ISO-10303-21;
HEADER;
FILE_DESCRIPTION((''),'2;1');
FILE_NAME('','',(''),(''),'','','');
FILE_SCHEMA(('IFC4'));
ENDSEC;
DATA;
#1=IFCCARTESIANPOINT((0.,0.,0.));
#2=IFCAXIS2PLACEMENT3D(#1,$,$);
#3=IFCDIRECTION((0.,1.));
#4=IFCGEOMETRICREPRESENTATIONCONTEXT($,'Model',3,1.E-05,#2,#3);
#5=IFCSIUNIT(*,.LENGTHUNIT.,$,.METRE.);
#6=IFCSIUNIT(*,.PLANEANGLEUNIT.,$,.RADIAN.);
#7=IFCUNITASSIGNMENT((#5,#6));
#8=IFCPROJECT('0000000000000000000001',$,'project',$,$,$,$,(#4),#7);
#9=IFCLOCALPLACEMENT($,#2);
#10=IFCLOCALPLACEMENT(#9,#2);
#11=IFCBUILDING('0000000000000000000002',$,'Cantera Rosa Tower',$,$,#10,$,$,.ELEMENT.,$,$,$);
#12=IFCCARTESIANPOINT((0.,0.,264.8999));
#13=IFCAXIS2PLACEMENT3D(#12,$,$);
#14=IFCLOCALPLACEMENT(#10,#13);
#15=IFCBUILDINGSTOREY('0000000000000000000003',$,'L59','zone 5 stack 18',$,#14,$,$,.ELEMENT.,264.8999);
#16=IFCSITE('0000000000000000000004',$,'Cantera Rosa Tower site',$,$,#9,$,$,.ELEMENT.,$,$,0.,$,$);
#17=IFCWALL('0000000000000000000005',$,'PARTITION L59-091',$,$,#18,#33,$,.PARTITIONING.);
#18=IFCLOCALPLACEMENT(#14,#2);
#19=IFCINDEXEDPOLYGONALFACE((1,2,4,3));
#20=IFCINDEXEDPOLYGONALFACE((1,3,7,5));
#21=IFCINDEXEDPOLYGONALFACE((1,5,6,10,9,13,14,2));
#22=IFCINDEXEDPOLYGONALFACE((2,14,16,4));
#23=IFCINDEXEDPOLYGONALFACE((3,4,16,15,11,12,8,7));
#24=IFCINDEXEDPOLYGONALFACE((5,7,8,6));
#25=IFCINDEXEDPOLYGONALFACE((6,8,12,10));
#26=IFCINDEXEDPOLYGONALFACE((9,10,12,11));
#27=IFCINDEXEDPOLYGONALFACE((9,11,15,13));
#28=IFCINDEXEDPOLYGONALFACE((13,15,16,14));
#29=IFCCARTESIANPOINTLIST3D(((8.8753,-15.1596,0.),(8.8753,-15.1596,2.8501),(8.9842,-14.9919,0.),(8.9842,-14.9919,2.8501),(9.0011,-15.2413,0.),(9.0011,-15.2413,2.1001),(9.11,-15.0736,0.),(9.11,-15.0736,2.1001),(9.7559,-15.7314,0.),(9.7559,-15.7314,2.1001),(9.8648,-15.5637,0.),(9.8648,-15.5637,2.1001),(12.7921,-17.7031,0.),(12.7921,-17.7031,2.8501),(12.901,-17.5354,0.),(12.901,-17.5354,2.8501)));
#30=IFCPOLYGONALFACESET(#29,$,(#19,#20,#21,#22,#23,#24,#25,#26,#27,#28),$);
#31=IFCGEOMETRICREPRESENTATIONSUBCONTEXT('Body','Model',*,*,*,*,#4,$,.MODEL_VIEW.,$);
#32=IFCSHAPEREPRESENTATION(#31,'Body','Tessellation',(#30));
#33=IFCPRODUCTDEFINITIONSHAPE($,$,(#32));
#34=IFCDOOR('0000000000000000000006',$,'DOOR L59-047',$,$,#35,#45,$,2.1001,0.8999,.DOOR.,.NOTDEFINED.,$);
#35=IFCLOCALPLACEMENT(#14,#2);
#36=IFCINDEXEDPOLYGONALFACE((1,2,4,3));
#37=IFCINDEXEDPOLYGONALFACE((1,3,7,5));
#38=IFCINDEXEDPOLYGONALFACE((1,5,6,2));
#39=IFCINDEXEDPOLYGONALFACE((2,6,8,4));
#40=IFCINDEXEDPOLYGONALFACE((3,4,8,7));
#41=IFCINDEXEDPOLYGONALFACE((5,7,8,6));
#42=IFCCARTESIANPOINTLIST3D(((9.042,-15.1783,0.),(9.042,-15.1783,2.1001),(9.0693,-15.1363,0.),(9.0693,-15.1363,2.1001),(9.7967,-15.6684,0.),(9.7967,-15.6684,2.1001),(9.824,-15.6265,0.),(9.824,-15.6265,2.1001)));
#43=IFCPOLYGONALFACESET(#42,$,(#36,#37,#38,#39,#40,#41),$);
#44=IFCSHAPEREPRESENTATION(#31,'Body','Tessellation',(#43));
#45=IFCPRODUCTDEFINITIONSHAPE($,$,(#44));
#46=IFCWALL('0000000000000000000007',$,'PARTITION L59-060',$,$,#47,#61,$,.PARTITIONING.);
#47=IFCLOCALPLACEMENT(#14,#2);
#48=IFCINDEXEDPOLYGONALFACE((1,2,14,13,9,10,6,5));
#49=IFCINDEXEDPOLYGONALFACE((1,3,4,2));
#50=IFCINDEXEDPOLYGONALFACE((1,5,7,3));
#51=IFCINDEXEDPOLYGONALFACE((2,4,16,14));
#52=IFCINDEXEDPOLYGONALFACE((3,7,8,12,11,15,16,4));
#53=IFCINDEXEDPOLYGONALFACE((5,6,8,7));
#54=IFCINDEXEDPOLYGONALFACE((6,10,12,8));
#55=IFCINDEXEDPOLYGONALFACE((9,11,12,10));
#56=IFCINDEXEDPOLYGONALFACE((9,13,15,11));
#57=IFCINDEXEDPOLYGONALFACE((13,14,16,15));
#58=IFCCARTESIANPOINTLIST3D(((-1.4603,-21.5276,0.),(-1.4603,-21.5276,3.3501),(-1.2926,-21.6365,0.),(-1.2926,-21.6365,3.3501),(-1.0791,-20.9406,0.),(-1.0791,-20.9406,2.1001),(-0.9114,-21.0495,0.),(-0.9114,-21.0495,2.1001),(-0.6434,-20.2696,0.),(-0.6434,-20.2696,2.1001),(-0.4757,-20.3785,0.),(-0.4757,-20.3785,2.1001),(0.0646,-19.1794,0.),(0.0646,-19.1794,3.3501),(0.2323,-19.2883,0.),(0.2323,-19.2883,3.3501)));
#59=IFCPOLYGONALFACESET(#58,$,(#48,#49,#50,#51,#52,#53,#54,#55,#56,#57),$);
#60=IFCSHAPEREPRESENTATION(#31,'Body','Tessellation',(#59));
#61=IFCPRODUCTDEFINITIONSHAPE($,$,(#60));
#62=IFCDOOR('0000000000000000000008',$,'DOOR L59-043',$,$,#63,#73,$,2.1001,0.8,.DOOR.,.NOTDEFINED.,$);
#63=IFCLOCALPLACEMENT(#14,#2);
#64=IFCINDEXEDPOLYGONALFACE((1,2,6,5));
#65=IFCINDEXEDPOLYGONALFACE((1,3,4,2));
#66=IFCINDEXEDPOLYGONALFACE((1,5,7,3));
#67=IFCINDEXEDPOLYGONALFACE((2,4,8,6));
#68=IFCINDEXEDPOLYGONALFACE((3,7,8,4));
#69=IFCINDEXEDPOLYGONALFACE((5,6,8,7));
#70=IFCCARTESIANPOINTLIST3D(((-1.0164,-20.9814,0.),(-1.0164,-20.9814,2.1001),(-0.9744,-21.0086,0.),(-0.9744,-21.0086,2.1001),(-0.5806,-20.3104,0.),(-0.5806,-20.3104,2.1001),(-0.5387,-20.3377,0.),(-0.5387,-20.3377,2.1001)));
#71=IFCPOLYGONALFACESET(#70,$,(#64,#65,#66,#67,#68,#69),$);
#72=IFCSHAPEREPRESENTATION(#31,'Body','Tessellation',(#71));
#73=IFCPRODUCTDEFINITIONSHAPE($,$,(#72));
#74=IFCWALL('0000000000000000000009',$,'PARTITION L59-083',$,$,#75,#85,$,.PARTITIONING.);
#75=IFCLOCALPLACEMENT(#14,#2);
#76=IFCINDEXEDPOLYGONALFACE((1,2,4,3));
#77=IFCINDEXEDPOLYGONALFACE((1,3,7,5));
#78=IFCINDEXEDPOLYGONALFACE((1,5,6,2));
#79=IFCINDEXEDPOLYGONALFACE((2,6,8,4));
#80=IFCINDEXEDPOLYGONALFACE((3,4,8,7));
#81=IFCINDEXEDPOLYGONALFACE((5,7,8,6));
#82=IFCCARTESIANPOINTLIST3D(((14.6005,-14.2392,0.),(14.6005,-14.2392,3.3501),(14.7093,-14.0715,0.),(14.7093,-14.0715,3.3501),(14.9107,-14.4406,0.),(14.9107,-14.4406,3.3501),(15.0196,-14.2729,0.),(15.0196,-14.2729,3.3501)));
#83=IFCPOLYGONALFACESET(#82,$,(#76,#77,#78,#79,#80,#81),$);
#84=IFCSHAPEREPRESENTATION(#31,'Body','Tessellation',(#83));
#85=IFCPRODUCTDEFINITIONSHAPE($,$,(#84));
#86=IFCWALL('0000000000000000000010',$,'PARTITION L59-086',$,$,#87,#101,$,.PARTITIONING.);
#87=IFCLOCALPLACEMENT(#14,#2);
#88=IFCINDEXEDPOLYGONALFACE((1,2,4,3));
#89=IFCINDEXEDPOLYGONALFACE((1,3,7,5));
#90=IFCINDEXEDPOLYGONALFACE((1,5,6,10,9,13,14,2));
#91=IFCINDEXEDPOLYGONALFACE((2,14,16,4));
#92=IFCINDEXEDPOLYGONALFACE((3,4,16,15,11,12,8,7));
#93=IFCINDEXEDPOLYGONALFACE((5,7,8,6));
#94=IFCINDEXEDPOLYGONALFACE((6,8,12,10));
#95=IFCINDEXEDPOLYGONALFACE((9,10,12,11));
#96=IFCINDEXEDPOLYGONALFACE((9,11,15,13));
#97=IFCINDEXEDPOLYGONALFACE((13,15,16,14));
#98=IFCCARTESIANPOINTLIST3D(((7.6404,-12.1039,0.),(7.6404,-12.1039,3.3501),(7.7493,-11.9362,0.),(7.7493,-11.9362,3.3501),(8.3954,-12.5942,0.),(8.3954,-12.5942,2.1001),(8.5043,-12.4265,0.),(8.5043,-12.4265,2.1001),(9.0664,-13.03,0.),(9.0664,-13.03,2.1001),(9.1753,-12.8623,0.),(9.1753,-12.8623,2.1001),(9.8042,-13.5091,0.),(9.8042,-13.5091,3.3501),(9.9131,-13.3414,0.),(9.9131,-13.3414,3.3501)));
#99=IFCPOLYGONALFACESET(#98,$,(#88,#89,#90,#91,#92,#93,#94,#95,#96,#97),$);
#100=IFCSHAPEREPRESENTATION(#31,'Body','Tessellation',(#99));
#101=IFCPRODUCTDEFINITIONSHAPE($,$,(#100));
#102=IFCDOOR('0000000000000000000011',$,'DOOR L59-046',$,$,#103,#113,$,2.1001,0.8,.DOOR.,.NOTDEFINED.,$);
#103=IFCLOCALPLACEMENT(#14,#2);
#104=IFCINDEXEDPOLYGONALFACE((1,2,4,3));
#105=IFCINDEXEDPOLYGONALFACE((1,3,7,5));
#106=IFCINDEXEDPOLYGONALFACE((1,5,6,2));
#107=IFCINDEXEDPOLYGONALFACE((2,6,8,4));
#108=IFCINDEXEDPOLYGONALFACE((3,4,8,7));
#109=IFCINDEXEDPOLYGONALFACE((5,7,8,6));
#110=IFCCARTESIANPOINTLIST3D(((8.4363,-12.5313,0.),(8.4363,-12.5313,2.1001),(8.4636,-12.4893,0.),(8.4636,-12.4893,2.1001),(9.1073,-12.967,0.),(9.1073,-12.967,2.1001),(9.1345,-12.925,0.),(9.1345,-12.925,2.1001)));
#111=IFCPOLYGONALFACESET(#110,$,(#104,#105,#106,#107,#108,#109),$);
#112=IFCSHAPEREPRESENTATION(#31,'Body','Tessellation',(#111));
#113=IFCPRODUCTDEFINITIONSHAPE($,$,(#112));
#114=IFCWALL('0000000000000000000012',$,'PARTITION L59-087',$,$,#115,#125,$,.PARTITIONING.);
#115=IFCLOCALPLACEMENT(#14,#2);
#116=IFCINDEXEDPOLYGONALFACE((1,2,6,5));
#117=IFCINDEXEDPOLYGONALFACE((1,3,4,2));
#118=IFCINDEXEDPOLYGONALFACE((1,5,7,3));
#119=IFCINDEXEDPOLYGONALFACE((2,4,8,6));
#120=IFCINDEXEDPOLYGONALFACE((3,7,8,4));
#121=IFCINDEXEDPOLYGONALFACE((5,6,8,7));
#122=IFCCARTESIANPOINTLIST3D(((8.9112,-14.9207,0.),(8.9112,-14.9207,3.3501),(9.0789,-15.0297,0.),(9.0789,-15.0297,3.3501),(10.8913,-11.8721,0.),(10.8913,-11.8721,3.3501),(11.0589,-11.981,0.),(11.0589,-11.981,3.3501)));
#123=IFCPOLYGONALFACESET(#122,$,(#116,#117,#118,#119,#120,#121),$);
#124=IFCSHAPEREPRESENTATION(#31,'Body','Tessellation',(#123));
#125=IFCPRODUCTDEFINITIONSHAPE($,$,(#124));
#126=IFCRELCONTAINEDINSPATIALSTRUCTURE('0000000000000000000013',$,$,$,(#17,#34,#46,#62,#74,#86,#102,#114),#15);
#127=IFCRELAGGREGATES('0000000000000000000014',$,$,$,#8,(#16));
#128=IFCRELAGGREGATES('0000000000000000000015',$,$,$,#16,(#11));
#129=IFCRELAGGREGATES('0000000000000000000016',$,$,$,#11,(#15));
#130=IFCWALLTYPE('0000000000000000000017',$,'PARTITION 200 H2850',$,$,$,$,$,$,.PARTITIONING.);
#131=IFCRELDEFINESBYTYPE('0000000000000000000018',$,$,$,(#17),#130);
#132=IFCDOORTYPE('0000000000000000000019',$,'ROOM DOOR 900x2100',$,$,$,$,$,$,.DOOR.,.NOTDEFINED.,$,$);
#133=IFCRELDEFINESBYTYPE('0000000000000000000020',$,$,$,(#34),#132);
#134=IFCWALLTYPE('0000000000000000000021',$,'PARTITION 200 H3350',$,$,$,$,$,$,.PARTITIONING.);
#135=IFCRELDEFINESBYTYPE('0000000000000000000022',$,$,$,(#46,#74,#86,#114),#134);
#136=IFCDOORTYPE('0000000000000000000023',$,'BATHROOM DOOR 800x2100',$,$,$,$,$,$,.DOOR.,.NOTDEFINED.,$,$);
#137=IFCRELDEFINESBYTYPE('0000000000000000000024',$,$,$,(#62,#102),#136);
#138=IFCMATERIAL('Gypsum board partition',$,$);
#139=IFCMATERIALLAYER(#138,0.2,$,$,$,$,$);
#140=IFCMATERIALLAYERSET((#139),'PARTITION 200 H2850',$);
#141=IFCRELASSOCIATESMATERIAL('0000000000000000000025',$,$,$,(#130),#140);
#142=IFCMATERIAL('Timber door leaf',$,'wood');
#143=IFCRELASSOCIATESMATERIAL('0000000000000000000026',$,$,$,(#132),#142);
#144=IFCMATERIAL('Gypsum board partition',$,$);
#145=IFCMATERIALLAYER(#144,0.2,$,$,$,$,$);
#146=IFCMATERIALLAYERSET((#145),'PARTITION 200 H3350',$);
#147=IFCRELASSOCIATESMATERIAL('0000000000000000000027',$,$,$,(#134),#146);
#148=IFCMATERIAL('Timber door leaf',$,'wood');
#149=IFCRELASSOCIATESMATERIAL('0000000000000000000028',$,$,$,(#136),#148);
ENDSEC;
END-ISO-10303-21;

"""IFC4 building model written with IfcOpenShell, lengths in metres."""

from ifc_helpers import new_model, si_unit, direction, frame, frame_2d, origin, place, context, subcontext, project, spatial, rectangle, extrude, material, layer, layer_set, type_object, element, fill, save


model = new_model("IFC4")

# Units and contexts
model_context = context("Model", 3, precision=1e-05, world=origin(), true_north=direction((0.0, 1.0)))
body_context = subcontext(model_context, "Body", "Model", "MODEL_VIEW")
ifc_project = project(units=[si_unit("LENGTHUNIT", "METRE"), si_unit("PLANEANGLEUNIT", "RADIAN")], contexts=[model_context])

# Site, building, storey
site_placement = place(None, origin())
site = spatial("IfcSite", under=ifc_project, at=site_placement, Name="Cantera Rosa Tower site", CompositionType="ELEMENT", RefElevation=0.0)
building_placement = place(site_placement, origin())
building = spatial("IfcBuilding", under=site, at=building_placement, Name="Cantera Rosa Tower", CompositionType="ELEMENT")
storey_placement = place(building_placement, frame((0.0, 0.0, 264.8999)))
storey = spatial("IfcBuildingStorey", under=building, at=storey_placement, Name="L59", Description="zone 5 stack 18", CompositionType="ELEMENT", Elevation=264.8999)

# Walls, openings, doors
ifc_material_1 = material(Name="Gypsum board partition")
ifc_layer_1 = layer(ifc_material_1, 0.2)
ifc_layer_set_1 = layer_set([ifc_layer_1], Name="PARTITION 200 H2850")
wall_type_1 = type_object("IfcWallType", Name="PARTITION 200 H2850", PredefinedType="PARTITIONING", material=ifc_layer_set_1)
wall_1_placement = place(storey_placement, frame((12.8464, -17.6191, 0.0), z_axis=(0.0, 0.0, 1.0), x_axis=(-0.838681, 0.544623, 0.0)))
wall_1 = element("IfcWall", 1, at=wall_1_placement, inside=storey, type_object=wall_type_1, Name="PARTITION L59-091", PredefinedType="PARTITIONING", context=body_context, shape_type="SweptSolid", body=[
    extrude(rectangle(XDim=4.6702, YDim=0.2, at=frame_2d((2.335, 0.0))), origin(), (0.0, 0.0, 1.0), 2.8501),
])
opening_1_placement = place(wall_1_placement, frame((3.6201, 0.0, 0.0)))
opening_1 = element("IfcOpeningElement", 2, at=opening_1_placement, cuts=wall_1, PredefinedType="OPENING", context=body_context, shape_type="SweptSolid", body=[
    extrude(rectangle(XDim=0.8999, YDim=2.1001, at=frame_2d((0.45, 1.05))), frame((0.0, 0.1099, 0.0), z_axis=(0.0, -1.0, 0.0), x_axis=(1.0, 0.0, 0.0)), (0.0, 0.0, 1.0), 0.22),
])
ifc_material_2 = material(Name="Timber door leaf", Category="wood")
door_type_1 = type_object("IfcDoorType", Name="ROOM DOOR 900x2100", OperationType="NOTDEFINED", PredefinedType="DOOR", material=ifc_material_2)
door_1_placement = place(opening_1_placement, origin())
door_1 = element("IfcDoor", 3, at=door_1_placement, inside=storey, type_object=door_type_1, Name="DOOR L59-047", OperationType="NOTDEFINED", OverallHeight=2.1001, OverallWidth=0.8999, PredefinedType="DOOR", context=body_context, shape_type="SweptSolid", body=[
    extrude(rectangle(XDim=0.8999, YDim=2.1001, at=frame_2d((0.45, 1.05))), frame((0.0, 0.0249, 0.0), z_axis=(0.0, -1.0, 0.0), x_axis=(1.0, 0.0, 0.0)), (0.0, 0.0, 1.0), 0.05),
])
fill(opening_1, door_1)
ifc_material_3 = material(Name="Gypsum board partition")
ifc_layer_2 = layer(ifc_material_3, 0.2)
ifc_layer_set_2 = layer_set([ifc_layer_2], Name="PARTITION 200 H3350")
wall_type_2 = type_object("IfcWallType", Name="PARTITION 200 H3350", PredefinedType="PARTITIONING", material=ifc_layer_set_2)
wall_2_placement = place(storey_placement, frame((0.1484, -19.2339, 0.0), z_axis=(0.0, 0.0, 1.0), x_axis=(-0.544639, -0.838671, 0.0)))
wall_2 = element("IfcWall", 4, at=wall_2_placement, inside=storey, type_object=wall_type_2, Name="PARTITION L59-060", PredefinedType="PARTITIONING", context=body_context, shape_type="SweptSolid", body=[
    extrude(rectangle(XDim=2.7998, YDim=0.2, at=frame_2d((1.3999, 0.0))), origin(), (0.0, 0.0, 1.0), 3.3501),
])
opening_2_placement = place(wall_2_placement, frame((1.3, 0.0, 0.0)))
opening_2 = element("IfcOpeningElement", 5, at=opening_2_placement, cuts=wall_2, PredefinedType="OPENING", context=body_context, shape_type="SweptSolid", body=[
    extrude(rectangle(XDim=0.8, YDim=2.1001, at=frame_2d((0.3999, 1.05))), frame((0.0, 0.1099, 0.0), z_axis=(0.0, -1.0, 0.0), x_axis=(1.0, 0.0, 0.0)), (0.0, 0.0, 1.0), 0.22),
])
ifc_material_4 = material(Name="Timber door leaf", Category="wood")
door_type_2 = type_object("IfcDoorType", Name="BATHROOM DOOR 800x2100", OperationType="NOTDEFINED", PredefinedType="DOOR", material=ifc_material_4)
door_2_placement = place(opening_2_placement, origin())
door_2 = element("IfcDoor", 6, at=door_2_placement, inside=storey, type_object=door_type_2, Name="DOOR L59-043", OperationType="NOTDEFINED", OverallHeight=2.1001, OverallWidth=0.8, PredefinedType="DOOR", context=body_context, shape_type="SweptSolid", body=[
    extrude(rectangle(XDim=0.8, YDim=2.1001, at=frame_2d((0.3999, 1.05))), frame((0.0, 0.0249, 0.0), z_axis=(0.0, -1.0, 0.0), x_axis=(1.0, 0.0, 0.0)), (0.0, 0.0, 1.0), 0.05),
])
fill(opening_2, door_2)

# Wall
wall_3_placement = place(storey_placement, frame((14.6548, -14.1553, 0.0), z_axis=(0.0, 0.0, 1.0), x_axis=(0.83879, -0.544455, 0.0)))
element("IfcWall", 7, at=wall_3_placement, inside=storey, type_object=wall_type_2, Name="PARTITION L59-083", PredefinedType="PARTITIONING", context=body_context, shape_type="SweptSolid", body=[
    extrude(rectangle(XDim=0.3699, YDim=0.2, at=frame_2d((0.1851, 0.0))), origin(), (0.0, 0.0, 1.0), 3.3501),
])

# Wall, opening, door
wall_4_placement = place(storey_placement, frame((9.8586, -13.4253, 0.0), z_axis=(0.0, 0.0, 1.0), x_axis=(-0.838658, 0.544659, 0.0)))
wall_4 = element("IfcWall", 8, at=wall_4_placement, inside=storey, type_object=wall_type_2, Name="PARTITION L59-086", PredefinedType="PARTITIONING", context=body_context, shape_type="SweptSolid", body=[
    extrude(rectangle(XDim=2.5801, YDim=0.2, at=frame_2d((1.29, 0.0))), origin(), (0.0, 0.0, 1.0), 3.3501),
])
opening_3_placement = place(wall_4_placement, frame((0.8799, 0.0, 0.0)))
opening_3 = element("IfcOpeningElement", 9, at=opening_3_placement, cuts=wall_4, PredefinedType="OPENING", context=body_context, shape_type="SweptSolid", body=[
    extrude(rectangle(XDim=0.8, YDim=2.1001, at=frame_2d((0.3999, 1.05))), frame((0.0, 0.1099, 0.0), z_axis=(0.0, -1.0, 0.0), x_axis=(1.0, 0.0, 0.0)), (0.0, 0.0, 1.0), 0.22),
])
door_3_placement = place(opening_3_placement, origin())
door_3 = element("IfcDoor", 10, at=door_3_placement, inside=storey, type_object=door_type_2, Name="DOOR L59-046", OperationType="NOTDEFINED", OverallHeight=2.1001, OverallWidth=0.8, PredefinedType="DOOR", context=body_context, shape_type="SweptSolid", body=[
    extrude(rectangle(XDim=0.8, YDim=2.1001, at=frame_2d((0.3999, 1.05))), frame((0.0, 0.0249, 0.0), z_axis=(0.0, -1.0, 0.0), x_axis=(1.0, 0.0, 0.0)), (0.0, 0.0, 1.0), 0.05),
])
fill(opening_3, door_3)

# Wall
wall_5_placement = place(storey_placement, frame((10.9751, -11.9265, 0.0), z_axis=(0.0, 0.0, 1.0), x_axis=(-0.544679, -0.838645, 0.0)))
element("IfcWall", 11, at=wall_5_placement, inside=storey, type_object=wall_type_2, Name="PARTITION L59-087", PredefinedType="PARTITIONING", context=body_context, shape_type="SweptSolid", body=[
    extrude(rectangle(XDim=3.6353, YDim=0.2, at=frame_2d((1.8176, 0.0))), origin(), (0.0, 0.0, 1.0), 3.3501),
])

save(model, "model.ifc")
